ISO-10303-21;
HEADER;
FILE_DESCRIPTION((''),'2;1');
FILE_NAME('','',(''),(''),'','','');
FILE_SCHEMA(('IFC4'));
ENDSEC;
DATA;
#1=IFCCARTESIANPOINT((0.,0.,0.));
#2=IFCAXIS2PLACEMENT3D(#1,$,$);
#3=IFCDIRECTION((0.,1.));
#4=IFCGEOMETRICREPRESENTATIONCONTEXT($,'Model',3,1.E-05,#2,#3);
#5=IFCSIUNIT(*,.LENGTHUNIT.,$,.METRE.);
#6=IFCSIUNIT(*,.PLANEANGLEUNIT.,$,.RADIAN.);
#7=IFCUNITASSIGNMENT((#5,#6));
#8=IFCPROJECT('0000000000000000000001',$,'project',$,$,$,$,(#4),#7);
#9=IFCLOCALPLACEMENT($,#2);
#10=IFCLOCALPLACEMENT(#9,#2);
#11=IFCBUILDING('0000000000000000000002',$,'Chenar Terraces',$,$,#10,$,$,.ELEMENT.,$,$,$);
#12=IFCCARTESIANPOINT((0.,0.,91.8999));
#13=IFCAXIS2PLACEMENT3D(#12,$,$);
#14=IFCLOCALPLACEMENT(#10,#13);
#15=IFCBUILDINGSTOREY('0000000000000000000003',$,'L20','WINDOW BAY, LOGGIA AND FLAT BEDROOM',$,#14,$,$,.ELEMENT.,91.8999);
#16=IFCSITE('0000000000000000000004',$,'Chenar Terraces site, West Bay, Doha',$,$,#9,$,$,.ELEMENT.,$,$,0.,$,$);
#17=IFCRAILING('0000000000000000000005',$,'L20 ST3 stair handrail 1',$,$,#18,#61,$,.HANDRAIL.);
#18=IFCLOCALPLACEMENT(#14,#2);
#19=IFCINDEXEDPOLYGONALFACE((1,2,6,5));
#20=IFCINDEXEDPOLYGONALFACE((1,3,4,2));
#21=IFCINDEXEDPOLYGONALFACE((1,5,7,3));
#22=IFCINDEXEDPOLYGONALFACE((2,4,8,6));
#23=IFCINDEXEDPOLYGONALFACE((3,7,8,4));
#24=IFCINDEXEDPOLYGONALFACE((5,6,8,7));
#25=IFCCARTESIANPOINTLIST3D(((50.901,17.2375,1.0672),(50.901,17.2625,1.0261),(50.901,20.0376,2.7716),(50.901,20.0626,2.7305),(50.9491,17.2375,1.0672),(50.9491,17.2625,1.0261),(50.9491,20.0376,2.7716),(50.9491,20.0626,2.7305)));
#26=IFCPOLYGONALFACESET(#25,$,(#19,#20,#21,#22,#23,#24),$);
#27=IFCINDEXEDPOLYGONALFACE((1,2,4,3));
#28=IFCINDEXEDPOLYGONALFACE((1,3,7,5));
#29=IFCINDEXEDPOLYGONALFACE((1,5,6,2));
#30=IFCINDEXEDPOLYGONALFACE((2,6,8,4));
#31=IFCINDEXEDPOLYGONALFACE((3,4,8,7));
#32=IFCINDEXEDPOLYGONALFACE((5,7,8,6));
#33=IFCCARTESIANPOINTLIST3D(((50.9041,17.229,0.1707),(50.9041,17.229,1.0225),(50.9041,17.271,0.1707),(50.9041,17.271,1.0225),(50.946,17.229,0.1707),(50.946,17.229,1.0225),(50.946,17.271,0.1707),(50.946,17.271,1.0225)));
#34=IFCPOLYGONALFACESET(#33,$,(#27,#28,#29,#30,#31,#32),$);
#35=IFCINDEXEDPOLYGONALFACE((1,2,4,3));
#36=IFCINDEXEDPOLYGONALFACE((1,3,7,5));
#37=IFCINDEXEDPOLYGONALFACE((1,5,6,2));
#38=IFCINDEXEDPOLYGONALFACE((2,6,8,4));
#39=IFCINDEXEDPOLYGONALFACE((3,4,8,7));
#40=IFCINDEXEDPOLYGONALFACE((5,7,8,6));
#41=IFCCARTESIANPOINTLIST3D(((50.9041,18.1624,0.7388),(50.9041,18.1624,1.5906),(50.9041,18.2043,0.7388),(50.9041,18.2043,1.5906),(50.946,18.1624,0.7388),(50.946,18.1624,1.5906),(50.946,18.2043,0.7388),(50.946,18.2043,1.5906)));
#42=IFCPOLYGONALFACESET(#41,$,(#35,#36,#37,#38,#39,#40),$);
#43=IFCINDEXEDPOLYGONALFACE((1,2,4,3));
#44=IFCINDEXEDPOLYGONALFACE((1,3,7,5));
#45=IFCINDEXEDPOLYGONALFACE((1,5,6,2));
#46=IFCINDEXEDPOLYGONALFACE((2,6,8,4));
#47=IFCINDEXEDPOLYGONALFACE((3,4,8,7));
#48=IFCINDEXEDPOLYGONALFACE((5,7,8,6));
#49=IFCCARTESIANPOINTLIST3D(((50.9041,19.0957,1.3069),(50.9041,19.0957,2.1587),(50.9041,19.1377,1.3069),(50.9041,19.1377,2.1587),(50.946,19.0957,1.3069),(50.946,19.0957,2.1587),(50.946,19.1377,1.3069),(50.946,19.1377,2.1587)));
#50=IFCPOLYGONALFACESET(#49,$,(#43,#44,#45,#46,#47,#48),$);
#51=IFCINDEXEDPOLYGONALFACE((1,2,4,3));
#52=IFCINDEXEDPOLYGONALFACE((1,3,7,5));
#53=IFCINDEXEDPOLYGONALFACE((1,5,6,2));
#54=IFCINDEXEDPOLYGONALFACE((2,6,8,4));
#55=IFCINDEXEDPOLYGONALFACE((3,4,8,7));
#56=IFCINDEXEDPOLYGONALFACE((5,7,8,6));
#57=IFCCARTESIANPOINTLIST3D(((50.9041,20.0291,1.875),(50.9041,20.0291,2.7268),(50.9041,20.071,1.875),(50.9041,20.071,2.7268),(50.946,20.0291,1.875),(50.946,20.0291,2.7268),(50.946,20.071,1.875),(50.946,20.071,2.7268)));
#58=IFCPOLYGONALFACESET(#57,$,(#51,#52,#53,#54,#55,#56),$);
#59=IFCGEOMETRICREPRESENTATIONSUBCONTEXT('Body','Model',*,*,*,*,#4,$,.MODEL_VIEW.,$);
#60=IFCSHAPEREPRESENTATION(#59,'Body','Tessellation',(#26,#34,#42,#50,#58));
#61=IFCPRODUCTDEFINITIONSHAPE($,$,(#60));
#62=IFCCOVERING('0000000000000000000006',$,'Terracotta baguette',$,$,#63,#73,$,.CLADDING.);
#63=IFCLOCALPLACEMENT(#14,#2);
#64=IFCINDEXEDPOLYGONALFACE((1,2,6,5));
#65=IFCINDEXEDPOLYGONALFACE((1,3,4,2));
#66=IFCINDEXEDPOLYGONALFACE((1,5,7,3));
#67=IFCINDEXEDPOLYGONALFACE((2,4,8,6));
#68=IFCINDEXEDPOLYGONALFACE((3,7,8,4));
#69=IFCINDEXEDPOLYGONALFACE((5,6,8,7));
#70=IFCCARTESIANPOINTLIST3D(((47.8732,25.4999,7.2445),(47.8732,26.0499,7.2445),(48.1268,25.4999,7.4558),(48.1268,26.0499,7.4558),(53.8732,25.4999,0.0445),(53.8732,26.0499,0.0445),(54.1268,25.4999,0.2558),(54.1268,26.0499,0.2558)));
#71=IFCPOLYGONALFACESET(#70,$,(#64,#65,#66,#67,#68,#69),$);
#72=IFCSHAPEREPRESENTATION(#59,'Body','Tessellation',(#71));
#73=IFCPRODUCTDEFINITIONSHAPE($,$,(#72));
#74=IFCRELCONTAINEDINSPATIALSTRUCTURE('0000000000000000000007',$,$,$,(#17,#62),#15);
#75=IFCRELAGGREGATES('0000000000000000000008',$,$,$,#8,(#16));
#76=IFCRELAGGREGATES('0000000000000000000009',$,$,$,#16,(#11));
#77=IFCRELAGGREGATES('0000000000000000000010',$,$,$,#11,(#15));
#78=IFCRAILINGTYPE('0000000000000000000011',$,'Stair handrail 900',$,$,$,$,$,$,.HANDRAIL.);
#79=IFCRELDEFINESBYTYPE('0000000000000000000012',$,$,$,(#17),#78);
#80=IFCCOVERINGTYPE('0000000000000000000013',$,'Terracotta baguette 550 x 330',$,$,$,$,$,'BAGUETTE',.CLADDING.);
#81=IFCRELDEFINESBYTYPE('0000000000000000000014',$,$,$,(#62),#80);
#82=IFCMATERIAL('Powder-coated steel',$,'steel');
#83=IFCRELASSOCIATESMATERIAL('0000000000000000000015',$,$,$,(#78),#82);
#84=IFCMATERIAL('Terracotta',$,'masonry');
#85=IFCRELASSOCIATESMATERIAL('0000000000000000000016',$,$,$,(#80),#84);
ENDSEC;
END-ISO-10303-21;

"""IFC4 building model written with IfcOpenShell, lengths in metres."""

from ifc_helpers import new_model, si_unit, direction, frame, origin, origin_2d, place, context, subcontext, project, spatial, rectangle, extrude, material, material_profile, profile_set, type_object, element, save


model = new_model("IFC4")

# Units and contexts
model_context = context("Model", 3, precision=1e-05, world=origin(), true_north=direction((0.0, 1.0)))
body_context = subcontext(model_context, "Body", "Model", "MODEL_VIEW")
ifc_project = project(units=[si_unit("LENGTHUNIT", "METRE"), si_unit("PLANEANGLEUNIT", "RADIAN")], contexts=[model_context])

# Site, building, storey
site_placement = place(None, origin())
site = spatial("IfcSite", under=ifc_project, at=site_placement, Name="Chenar Terraces site, West Bay, Doha", CompositionType="ELEMENT", RefElevation=0.0)
building_placement = place(site_placement, origin())
building = spatial("IfcBuilding", under=site, at=building_placement, Name="Chenar Terraces", CompositionType="ELEMENT")
storey_placement = place(building_placement, frame((0.0, 0.0, 91.8999)))
storey = spatial("IfcBuildingStorey", under=building, at=storey_placement, Name="L20", Description="WINDOW BAY, LOGGIA AND FLAT BEDROOM", CompositionType="ELEMENT", Elevation=91.8999)

# Railing
ifc_material_1 = material(Name="Powder-coated steel", Category="steel")
railing_type_1 = type_object("IfcRailingType", Name="Stair handrail 900", PredefinedType="HANDRAIL", material=ifc_material_1)
railing_1_placement = place(storey_placement, frame((50.925, 17.25, 0.1707)))
element("IfcRailing", 1, at=railing_1_placement, inside=storey, type_object=railing_type_1, Name="L20 ST3 stair handrail 1", PredefinedType="HANDRAIL", context=body_context, shape_type="SweptSolid", body=[
    extrude(rectangle(XDim=0.0481, YDim=0.0481, at=origin_2d()), frame((0.0, 0.0, 0.876), z_axis=(0.0, 0.854203, 0.51994), x_axis=(-1.0, 0.0, 0.0)), (0.0, 0.0, 1.0), 3.2781),
    extrude(rectangle(XDim=0.042, YDim=0.042, at=origin_2d()), origin(), (0.0, 0.0, 1.0), 0.8518),
    extrude(rectangle(XDim=0.042, YDim=0.042, at=origin_2d()), frame((0.0, 0.9333, 0.5681)), (0.0, 0.0, 1.0), 0.8518),
    extrude(rectangle(XDim=0.042, YDim=0.042, at=origin_2d()), frame((0.0, 1.8667, 1.1362)), (0.0, 0.0, 1.0), 0.8518),
    extrude(rectangle(XDim=0.042, YDim=0.042, at=origin_2d()), frame((0.0, 2.8, 1.7043)), (0.0, 0.0, 1.0), 0.8518),
])

# Covering
ifc_material_2 = material(Name="Terracotta", Category="masonry")
ifc_material_profile_1 = material_profile(ifc_material_2, rectangle(XDim=0.55, YDim=0.3301, at=origin_2d()), Name="Terracotta baguette 550 x 330")
ifc_profile_set_1 = profile_set([ifc_material_profile_1], Name="Terracotta")
covering_type = type_object("IfcCoveringType", Name="Terracotta baguette 550 x 330", ElementType="BAGUETTE", PredefinedType="CLADDING", material=ifc_profile_set_1)
covering_placement = place(storey_placement, frame((54.0, 25.7749, 0.1501), z_axis=(-0.640187, 0.0, 0.768219), x_axis=(0.0, -1.0, 0.0)))
element("IfcCovering", 2, at=covering_placement, inside=storey, type_object=covering_type, Name="Terracotta baguette", PredefinedType="CLADDING", context=body_context, shape_type="SweptSolid", body=[
    extrude(rectangle(XDim=0.55, YDim=0.3301, at=origin_2d()), origin(), (0.0, 0.0, 1.0), 9.3723),
])

save(model, "model.ifc")
